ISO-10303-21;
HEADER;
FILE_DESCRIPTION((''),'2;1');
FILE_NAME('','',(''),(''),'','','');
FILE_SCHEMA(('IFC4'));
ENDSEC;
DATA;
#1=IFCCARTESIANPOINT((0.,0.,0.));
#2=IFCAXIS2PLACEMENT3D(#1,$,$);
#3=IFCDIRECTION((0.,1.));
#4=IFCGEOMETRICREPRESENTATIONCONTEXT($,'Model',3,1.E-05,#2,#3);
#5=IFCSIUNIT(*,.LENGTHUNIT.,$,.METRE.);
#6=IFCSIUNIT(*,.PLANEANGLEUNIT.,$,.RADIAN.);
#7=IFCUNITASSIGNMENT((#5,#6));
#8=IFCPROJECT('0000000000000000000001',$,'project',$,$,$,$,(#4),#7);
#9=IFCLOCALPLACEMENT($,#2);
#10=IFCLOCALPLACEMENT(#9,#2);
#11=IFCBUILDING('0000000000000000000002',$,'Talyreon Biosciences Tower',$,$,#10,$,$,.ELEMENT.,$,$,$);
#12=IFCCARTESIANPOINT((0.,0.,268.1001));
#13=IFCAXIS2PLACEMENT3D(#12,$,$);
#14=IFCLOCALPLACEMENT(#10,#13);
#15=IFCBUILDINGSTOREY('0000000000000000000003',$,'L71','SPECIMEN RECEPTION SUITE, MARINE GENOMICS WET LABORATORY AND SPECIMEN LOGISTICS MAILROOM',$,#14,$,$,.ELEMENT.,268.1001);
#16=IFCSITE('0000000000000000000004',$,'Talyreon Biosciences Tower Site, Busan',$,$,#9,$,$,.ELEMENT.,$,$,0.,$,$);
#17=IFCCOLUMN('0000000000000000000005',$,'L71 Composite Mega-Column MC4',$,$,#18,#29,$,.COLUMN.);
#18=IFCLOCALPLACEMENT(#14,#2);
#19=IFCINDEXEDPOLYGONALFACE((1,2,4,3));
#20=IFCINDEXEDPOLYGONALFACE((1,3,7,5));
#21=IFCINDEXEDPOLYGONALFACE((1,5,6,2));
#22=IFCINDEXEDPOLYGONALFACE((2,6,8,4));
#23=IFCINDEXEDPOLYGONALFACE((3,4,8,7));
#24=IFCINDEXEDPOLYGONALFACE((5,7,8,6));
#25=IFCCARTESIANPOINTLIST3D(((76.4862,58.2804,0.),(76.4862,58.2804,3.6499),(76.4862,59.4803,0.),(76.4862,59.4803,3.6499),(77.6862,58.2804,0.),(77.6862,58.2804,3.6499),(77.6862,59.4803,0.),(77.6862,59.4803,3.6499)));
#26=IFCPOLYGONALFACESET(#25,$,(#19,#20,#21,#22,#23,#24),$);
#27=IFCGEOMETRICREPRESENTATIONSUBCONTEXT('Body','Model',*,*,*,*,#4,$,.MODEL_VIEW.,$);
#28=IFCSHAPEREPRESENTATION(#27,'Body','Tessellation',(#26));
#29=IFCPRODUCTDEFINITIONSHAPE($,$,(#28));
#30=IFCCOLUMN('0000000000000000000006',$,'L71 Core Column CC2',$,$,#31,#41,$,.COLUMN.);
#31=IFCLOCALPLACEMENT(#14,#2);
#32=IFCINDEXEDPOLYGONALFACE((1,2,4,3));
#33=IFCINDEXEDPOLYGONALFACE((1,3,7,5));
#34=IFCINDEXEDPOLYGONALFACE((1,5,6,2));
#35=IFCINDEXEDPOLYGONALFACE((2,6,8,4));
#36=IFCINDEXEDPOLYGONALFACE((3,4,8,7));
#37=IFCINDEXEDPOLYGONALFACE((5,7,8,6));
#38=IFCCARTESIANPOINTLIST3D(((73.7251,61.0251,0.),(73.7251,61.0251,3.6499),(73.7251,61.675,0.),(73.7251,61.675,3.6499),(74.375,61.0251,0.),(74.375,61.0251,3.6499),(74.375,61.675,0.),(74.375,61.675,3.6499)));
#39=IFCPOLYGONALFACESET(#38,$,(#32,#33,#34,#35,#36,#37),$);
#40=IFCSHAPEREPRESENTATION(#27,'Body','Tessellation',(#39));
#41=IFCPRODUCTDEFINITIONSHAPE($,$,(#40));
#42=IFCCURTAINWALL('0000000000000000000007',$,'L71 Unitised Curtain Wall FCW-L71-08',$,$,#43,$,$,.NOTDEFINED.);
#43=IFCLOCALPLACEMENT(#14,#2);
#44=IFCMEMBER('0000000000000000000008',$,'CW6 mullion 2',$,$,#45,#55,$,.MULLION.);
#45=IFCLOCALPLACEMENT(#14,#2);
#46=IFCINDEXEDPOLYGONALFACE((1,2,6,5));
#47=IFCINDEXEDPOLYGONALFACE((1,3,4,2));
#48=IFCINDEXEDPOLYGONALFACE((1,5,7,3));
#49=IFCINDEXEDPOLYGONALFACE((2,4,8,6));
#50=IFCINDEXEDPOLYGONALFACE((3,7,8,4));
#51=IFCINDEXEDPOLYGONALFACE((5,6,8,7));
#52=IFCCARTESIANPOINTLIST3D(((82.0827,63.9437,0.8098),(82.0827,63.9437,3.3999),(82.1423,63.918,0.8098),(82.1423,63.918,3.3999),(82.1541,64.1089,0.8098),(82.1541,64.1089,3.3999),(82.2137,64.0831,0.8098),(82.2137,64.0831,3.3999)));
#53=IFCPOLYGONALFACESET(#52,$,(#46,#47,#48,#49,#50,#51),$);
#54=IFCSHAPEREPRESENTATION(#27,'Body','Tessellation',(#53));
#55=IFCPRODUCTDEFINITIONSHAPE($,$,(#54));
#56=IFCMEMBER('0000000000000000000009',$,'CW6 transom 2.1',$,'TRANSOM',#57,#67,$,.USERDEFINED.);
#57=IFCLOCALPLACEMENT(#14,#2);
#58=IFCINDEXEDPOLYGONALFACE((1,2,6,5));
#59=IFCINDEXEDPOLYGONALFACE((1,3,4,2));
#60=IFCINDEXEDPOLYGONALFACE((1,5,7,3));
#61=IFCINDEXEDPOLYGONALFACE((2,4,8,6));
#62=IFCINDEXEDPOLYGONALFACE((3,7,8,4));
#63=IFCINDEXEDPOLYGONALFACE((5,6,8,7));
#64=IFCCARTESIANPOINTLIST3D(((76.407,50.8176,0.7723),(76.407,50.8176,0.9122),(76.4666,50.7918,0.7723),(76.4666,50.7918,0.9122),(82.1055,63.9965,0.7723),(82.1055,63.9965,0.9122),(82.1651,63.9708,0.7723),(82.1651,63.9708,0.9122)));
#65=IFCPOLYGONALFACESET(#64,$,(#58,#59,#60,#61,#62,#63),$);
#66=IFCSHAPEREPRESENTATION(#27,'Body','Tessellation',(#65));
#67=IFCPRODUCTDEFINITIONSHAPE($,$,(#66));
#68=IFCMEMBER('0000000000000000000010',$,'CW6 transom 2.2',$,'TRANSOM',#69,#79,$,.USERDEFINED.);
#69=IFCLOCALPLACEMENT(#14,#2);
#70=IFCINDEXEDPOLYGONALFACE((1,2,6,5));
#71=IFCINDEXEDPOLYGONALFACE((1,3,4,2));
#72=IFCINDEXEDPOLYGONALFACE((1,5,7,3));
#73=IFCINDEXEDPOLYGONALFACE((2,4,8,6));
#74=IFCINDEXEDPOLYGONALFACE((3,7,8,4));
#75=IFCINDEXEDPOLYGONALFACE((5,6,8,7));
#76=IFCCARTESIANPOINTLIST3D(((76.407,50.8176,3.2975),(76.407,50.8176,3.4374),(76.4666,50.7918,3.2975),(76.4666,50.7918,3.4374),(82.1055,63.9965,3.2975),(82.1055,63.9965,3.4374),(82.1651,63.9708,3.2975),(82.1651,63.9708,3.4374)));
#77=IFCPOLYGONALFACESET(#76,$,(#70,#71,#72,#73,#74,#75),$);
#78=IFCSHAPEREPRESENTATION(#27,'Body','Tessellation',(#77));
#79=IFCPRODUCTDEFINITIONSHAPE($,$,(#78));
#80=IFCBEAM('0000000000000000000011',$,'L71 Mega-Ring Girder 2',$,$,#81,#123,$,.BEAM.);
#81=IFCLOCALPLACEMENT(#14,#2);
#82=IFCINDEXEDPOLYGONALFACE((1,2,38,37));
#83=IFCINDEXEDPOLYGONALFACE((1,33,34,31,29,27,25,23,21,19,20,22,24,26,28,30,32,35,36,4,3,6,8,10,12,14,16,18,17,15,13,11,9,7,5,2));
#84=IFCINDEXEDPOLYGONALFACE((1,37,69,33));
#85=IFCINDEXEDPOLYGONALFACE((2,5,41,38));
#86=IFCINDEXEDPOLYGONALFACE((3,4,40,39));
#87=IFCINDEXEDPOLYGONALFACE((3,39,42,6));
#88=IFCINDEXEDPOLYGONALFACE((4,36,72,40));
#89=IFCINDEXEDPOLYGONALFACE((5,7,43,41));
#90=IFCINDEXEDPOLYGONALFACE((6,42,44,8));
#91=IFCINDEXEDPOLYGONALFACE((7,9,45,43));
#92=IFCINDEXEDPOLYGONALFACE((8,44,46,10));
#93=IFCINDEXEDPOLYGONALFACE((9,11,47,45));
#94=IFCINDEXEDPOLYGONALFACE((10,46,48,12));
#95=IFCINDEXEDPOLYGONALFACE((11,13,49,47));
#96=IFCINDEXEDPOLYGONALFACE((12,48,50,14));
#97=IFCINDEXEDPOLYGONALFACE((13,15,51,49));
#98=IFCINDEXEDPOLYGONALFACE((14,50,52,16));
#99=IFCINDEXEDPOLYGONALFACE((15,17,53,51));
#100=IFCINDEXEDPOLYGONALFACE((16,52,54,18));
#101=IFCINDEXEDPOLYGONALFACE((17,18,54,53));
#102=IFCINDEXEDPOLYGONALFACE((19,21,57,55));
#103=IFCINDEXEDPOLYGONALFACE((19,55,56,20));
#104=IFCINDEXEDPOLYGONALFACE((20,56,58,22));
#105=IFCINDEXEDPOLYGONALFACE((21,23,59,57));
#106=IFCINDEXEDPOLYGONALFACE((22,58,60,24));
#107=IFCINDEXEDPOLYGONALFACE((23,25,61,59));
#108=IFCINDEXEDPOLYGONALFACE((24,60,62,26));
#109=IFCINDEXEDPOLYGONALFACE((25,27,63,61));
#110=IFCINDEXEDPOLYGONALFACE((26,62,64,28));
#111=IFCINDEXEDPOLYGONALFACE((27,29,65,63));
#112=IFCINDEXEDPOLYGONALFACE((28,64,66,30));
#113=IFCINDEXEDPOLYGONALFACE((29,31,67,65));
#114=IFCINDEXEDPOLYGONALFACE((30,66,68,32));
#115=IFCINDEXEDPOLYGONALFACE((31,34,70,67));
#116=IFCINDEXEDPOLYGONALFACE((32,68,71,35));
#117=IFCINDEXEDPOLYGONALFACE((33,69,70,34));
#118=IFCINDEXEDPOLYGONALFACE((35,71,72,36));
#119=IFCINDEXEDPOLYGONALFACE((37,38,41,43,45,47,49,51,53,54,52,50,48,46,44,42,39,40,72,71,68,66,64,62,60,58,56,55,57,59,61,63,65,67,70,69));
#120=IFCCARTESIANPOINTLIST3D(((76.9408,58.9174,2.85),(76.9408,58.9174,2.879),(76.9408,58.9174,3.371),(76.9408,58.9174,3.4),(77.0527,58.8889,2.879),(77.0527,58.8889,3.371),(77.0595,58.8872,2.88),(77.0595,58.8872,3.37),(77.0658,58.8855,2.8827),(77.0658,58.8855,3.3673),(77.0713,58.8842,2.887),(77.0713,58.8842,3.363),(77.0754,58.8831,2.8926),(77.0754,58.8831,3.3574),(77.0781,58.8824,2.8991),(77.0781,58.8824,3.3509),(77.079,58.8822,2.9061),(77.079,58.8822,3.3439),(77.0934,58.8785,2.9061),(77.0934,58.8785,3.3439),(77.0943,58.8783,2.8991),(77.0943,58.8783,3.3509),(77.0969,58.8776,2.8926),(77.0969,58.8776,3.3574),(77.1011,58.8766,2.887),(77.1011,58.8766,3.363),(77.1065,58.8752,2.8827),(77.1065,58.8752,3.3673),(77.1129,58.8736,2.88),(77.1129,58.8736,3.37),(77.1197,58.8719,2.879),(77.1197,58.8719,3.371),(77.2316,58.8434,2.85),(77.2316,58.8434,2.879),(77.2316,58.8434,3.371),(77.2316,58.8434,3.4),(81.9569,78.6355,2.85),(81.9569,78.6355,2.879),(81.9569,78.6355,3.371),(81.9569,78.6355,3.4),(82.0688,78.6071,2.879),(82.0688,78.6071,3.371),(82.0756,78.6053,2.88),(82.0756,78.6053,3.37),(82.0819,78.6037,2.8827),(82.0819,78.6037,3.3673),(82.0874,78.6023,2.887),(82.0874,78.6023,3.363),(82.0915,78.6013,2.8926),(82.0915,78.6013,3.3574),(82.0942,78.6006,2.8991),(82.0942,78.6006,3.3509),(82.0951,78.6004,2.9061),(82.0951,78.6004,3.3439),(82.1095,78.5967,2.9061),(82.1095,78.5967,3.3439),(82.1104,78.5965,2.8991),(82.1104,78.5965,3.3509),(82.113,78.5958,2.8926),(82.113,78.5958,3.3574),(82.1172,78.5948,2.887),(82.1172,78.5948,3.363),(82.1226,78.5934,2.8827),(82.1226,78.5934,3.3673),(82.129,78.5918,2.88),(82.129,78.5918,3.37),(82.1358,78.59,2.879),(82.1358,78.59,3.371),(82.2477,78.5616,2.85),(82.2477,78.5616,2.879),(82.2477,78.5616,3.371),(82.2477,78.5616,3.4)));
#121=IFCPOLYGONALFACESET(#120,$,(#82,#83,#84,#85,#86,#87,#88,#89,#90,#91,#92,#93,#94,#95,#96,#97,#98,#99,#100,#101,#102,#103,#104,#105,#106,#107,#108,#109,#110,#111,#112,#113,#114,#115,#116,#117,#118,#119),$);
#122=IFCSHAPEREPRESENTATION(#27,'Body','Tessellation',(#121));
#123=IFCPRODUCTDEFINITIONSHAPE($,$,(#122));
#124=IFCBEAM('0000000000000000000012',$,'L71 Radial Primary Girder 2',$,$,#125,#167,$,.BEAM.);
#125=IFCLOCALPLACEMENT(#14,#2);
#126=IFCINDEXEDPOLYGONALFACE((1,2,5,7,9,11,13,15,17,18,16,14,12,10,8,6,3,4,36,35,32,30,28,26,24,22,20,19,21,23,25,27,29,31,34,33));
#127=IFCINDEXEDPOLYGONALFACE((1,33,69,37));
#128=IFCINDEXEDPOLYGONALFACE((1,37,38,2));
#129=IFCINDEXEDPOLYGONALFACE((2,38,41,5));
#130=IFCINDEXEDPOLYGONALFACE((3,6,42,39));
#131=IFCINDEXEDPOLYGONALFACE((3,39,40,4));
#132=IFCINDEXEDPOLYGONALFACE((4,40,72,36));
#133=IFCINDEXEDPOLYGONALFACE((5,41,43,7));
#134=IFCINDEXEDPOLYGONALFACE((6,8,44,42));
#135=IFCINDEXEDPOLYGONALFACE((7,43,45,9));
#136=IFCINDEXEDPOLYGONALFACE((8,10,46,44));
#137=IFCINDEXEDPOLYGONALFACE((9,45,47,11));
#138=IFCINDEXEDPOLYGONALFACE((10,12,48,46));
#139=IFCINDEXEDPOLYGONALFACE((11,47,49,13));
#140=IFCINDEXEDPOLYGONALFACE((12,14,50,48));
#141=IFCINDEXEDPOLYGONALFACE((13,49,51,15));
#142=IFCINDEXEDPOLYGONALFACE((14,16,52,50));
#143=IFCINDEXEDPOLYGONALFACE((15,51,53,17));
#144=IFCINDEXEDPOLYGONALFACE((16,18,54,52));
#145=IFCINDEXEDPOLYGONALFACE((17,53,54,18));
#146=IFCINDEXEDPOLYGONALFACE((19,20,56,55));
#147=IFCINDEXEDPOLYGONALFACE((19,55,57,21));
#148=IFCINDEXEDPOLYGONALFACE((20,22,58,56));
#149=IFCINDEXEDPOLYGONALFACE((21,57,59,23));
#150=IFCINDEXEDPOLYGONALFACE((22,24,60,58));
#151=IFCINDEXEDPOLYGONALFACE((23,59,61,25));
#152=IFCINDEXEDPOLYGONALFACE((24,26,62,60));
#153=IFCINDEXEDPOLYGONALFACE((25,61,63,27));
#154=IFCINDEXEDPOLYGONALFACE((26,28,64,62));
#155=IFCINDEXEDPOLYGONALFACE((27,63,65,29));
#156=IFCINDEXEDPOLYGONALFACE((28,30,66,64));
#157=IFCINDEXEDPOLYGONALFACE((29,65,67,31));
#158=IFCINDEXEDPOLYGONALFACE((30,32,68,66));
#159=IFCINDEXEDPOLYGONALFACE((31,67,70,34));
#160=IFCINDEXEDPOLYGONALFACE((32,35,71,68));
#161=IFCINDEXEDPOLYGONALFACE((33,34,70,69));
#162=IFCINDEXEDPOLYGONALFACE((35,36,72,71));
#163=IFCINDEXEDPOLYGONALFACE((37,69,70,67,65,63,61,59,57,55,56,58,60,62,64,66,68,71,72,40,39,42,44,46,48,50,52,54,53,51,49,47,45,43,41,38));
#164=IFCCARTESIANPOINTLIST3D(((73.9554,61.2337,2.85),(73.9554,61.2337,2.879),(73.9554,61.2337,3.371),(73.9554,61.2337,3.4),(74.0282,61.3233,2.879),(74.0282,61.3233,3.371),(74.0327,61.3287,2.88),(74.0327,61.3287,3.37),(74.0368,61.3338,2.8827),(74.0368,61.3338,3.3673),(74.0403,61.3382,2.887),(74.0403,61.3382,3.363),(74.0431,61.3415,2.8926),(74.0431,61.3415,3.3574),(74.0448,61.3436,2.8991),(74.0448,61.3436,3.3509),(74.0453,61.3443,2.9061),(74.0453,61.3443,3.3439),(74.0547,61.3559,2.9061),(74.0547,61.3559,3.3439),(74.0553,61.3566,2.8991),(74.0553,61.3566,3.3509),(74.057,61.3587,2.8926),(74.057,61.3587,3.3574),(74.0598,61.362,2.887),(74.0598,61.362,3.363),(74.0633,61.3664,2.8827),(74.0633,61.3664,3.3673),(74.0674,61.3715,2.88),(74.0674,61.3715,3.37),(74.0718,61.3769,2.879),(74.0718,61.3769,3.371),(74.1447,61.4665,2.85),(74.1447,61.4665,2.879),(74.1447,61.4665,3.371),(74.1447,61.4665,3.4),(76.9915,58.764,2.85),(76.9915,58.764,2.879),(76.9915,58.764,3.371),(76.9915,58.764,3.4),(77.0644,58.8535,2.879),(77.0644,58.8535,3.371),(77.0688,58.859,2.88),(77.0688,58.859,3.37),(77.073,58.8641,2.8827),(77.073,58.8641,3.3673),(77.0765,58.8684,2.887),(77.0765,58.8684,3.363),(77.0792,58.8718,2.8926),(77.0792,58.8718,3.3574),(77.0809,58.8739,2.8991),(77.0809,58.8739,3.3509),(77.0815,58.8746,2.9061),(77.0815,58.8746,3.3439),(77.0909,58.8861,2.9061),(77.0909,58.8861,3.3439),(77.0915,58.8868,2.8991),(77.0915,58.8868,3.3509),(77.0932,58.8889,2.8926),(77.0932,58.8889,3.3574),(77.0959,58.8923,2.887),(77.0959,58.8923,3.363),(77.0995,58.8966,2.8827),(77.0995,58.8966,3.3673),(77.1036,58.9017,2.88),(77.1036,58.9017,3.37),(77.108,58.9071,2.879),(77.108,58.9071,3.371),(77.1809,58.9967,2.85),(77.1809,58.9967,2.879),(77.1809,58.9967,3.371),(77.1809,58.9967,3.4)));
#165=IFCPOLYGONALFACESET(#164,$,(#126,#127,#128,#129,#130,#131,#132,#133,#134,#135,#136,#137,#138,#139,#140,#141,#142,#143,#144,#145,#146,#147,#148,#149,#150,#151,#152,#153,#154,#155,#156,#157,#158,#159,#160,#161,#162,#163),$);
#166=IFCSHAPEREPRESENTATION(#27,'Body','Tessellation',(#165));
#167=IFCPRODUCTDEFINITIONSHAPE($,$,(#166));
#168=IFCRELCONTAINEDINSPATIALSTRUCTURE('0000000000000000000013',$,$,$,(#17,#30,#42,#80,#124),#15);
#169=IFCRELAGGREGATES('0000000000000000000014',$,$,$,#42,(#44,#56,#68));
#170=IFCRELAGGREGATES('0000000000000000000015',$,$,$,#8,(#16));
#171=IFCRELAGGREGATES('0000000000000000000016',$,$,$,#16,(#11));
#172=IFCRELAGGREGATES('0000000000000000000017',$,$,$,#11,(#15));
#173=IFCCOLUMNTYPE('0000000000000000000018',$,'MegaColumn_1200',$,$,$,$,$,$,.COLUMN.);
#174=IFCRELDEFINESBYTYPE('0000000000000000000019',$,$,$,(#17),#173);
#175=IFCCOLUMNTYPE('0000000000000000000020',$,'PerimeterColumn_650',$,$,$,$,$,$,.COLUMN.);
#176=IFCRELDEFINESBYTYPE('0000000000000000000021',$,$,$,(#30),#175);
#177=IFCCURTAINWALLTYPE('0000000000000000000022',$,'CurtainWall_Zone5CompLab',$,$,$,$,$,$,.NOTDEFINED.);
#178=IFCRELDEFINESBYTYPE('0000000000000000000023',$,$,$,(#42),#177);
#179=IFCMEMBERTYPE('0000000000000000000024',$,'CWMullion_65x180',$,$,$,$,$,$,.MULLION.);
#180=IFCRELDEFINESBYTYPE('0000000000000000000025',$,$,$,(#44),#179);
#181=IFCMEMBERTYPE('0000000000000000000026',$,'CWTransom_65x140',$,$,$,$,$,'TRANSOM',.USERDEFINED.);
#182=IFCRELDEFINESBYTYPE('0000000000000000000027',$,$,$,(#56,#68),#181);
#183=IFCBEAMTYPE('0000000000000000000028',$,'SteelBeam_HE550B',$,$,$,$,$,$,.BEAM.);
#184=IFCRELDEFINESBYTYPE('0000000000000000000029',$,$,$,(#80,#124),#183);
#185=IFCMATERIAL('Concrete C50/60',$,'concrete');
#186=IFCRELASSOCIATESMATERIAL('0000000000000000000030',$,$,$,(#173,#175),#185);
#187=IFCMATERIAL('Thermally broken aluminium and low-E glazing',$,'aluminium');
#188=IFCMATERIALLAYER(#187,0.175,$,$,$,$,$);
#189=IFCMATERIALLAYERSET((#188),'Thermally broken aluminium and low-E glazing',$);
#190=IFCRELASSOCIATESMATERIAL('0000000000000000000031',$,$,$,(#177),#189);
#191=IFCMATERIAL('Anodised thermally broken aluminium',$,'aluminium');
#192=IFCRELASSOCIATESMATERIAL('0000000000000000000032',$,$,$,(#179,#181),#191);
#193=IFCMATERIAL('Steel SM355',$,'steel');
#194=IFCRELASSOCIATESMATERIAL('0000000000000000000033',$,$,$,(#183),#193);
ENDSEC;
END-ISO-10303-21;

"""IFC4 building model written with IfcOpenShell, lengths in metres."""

from ifc_helpers import new_model, si_unit, direction, frame, origin, origin_2d, place, context, subcontext, project, spatial, rectangle, i_section, extrude, material, layer, layer_set, material_profile, profile_set, type_object, element, aggregate, save


model = new_model("IFC4")

# Units and contexts
model_context = context("Model", 3, precision=1e-05, world=origin(), true_north=direction((0.0, 1.0)))
body_context = subcontext(model_context, "Body", "Model", "MODEL_VIEW")
ifc_project = project(units=[si_unit("LENGTHUNIT", "METRE"), si_unit("PLANEANGLEUNIT", "RADIAN")], contexts=[model_context])

# Site, building, storey
site_placement = place(None, origin())
site = spatial("IfcSite", under=ifc_project, at=site_placement, Name="Talyreon Biosciences Tower Site, Busan", CompositionType="ELEMENT", RefElevation=0.0)
building_placement = place(site_placement, origin())
building = spatial("IfcBuilding", under=site, at=building_placement, Name="Talyreon Biosciences Tower", CompositionType="ELEMENT")
storey_placement = place(building_placement, frame((0.0, 0.0, 268.1001)))
storey = spatial("IfcBuildingStorey", under=building, at=storey_placement, Name="L71", Description="SPECIMEN RECEPTION SUITE, MARINE GENOMICS WET LABORATORY AND SPECIMEN LOGISTICS MAILROOM", CompositionType="ELEMENT", Elevation=268.1001)

# Columns
ifc_material_1 = material(Name="Concrete C50/60", Category="concrete")
ifc_material_profile_1 = material_profile(ifc_material_1, rectangle(XDim=1.2, YDim=1.2, at=origin_2d()), Name="RC 1200x1200")
ifc_profile_set_1 = profile_set([ifc_material_profile_1], Name="Concrete C50/60")
column_type_1 = type_object("IfcColumnType", Name="MegaColumn_1200", PredefinedType="COLUMN", material=ifc_profile_set_1)
column_1_placement = place(storey_placement, frame((77.0862, 58.8804, 0.0), z_axis=(0.0, 0.0, 1.0), x_axis=(1.0, 0.0, 0.0)))
element("IfcColumn", 1, at=column_1_placement, inside=storey, type_object=column_type_1, Name="L71 Composite Mega-Column MC4", PredefinedType="COLUMN", context=body_context, shape_type="SweptSolid", body=[
    extrude(rectangle(XDim=1.2, YDim=1.2, at=origin_2d()), origin(), (0.0, 0.0, 1.0), 3.6499),
])
ifc_material_profile_2 = material_profile(ifc_material_1, rectangle(XDim=0.6499, YDim=0.6499, at=origin_2d()), Name="RC 650x650")
ifc_profile_set_2 = profile_set([ifc_material_profile_2], Name="Concrete C50/60")
column_type_2 = type_object("IfcColumnType", Name="PerimeterColumn_650", PredefinedType="COLUMN", material=ifc_profile_set_2)
column_2_placement = place(storey_placement, frame((74.05, 61.3501, 0.0), z_axis=(0.0, 0.0, 1.0), x_axis=(1.0, 0.0, 0.0)))
element("IfcColumn", 2, at=column_2_placement, inside=storey, type_object=column_type_2, Name="L71 Core Column CC2", PredefinedType="COLUMN", context=body_context, shape_type="SweptSolid", body=[
    extrude(rectangle(XDim=0.6499, YDim=0.6499, at=origin_2d()), origin(), (0.0, 0.0, 1.0), 3.6499),
])

# Curtain wall, members
ifc_material_2 = material(Name="Thermally broken aluminium and low-E glazing", Category="aluminium")
ifc_layer_1 = layer(ifc_material_2, 0.175)
ifc_layer_set_1 = layer_set([ifc_layer_1], Name="Thermally broken aluminium and low-E glazing")
curtain_wall_type = type_object("IfcCurtainWallType", Name="CurtainWall_Zone5CompLab", PredefinedType="NOTDEFINED", material=ifc_layer_set_1)
curtain_wall_placement = place(storey_placement, origin())
curtain_wall = element("IfcCurtainWall", 3, at=curtain_wall_placement, inside=storey, type_object=curtain_wall_type, Name="L71 Unitised Curtain Wall FCW-L71-08", PredefinedType="NOTDEFINED")
ifc_material_3 = material(Name="Anodised thermally broken aluminium", Category="aluminium")
ifc_material_profile_3 = material_profile(ifc_material_3, rectangle(XDim=0.0649, YDim=0.1799, at=origin_2d()), Name="ALUM MULLION 65x180")
ifc_profile_set_3 = profile_set([ifc_material_profile_3], Name="Anodised thermally broken aluminium")
member_type_1 = type_object("IfcMemberType", Name="CWMullion_65x180", PredefinedType="MULLION", material=ifc_profile_set_3)
member_1_placement = place(storey_placement, frame((82.1482, 64.0134, 0.8098), z_axis=(0.0, 0.0, 1.0), x_axis=(0.917868, -0.396887, 0.0)))
member_1 = element("IfcMember", 4, at=member_1_placement, type_object=member_type_1, Name="CW6 mullion 2", PredefinedType="MULLION", context=body_context, shape_type="SweptSolid", body=[
    extrude(rectangle(XDim=0.0649, YDim=0.1799, at=origin_2d()), origin(), (0.0, 0.0, 1.0), 2.5901),
])
ifc_material_profile_4 = material_profile(ifc_material_3, rectangle(XDim=0.0649, YDim=0.1399, at=origin_2d()), Name="ALUM TRANSOM 65x140")
ifc_profile_set_4 = profile_set([ifc_material_profile_4], Name="Anodised thermally broken aluminium")
member_type_2 = type_object("IfcMemberType", Name="CWTransom_65x140", ElementType="TRANSOM", PredefinedType="USERDEFINED", material=ifc_profile_set_4)
member_2_placement = place(storey_placement, frame((82.1353, 63.9836, 0.8423), z_axis=(-0.396881, -0.91787, 0.0), x_axis=(0.91787, -0.396881, 0.0)))
member_2 = element("IfcMember", 5, at=member_2_placement, type_object=member_type_2, Name="CW6 transom 2.1", ObjectType="TRANSOM", PredefinedType="USERDEFINED", context=body_context, shape_type="SweptSolid", body=[
    extrude(rectangle(XDim=0.0649, YDim=0.1399, at=origin_2d()), origin(), (0.0, 0.0, 1.0), 14.3582),
])
member_3_placement = place(storey_placement, frame((82.1353, 63.9836, 3.3674), z_axis=(-0.396881, -0.91787, 0.0), x_axis=(0.91787, -0.396881, 0.0)))
member_3 = element("IfcMember", 6, at=member_3_placement, type_object=member_type_2, Name="CW6 transom 2.2", ObjectType="TRANSOM", PredefinedType="USERDEFINED", context=body_context, shape_type="SweptSolid", body=[
    extrude(rectangle(XDim=0.0649, YDim=0.1399, at=origin_2d()), origin(), (0.0, 0.0, 1.0), 14.3582),
])
aggregate(curtain_wall, [member_1, member_2, member_3])

# Beams
ifc_material_4 = material(Name="Steel SM355", Category="steel")
ifc_material_profile_5 = material_profile(ifc_material_4, i_section(OverallWidth=0.3, OverallDepth=0.55, WebThickness=0.0149, FlangeThickness=0.0291, FilletRadius=0.0271, at=origin_2d()), Name="HE550B")
ifc_profile_set_5 = profile_set([ifc_material_profile_5], Name="Steel SM355")
beam_type_1 = type_object("IfcBeamType", Name="SteelBeam_HE550B", PredefinedType="BEAM", material=ifc_profile_set_5)
beam_1_placement = place(storey_placement, frame((77.0862, 58.8804, 3.125), z_axis=(0.246537, 0.969133, 0.0), x_axis=(-0.969133, 0.246537, 0.0)))
element("IfcBeam", 7, at=beam_1_placement, inside=storey, type_object=beam_type_1, Name="L71 Mega-Ring Girder 2", PredefinedType="BEAM", context=body_context, shape_type="SweptSolid", body=[
    extrude(i_section(OverallWidth=0.3, OverallDepth=0.55, WebThickness=0.0149, FlangeThickness=0.0291, FilletRadius=0.0271, at=origin_2d()), origin(), (0.0, 0.0, 1.0), 20.3462),
])
beam_2_placement = place(storey_placement, frame((74.05, 61.3501, 3.125), z_axis=(0.775755, -0.631034, 0.0), x_axis=(0.631034, 0.775755, 0.0)))
element("IfcBeam", 8, at=beam_2_placement, inside=storey, type_object=beam_type_1, Name="L71 Radial Primary Girder 2", PredefinedType="BEAM", context=body_context, shape_type="SweptSolid", body=[
    extrude(i_section(OverallWidth=0.3, OverallDepth=0.55, WebThickness=0.0149, FlangeThickness=0.0291, FilletRadius=0.0271, at=origin_2d()), origin(), (0.0, 0.0, 1.0), 3.9138),
])

save(model, "model.ifc")
